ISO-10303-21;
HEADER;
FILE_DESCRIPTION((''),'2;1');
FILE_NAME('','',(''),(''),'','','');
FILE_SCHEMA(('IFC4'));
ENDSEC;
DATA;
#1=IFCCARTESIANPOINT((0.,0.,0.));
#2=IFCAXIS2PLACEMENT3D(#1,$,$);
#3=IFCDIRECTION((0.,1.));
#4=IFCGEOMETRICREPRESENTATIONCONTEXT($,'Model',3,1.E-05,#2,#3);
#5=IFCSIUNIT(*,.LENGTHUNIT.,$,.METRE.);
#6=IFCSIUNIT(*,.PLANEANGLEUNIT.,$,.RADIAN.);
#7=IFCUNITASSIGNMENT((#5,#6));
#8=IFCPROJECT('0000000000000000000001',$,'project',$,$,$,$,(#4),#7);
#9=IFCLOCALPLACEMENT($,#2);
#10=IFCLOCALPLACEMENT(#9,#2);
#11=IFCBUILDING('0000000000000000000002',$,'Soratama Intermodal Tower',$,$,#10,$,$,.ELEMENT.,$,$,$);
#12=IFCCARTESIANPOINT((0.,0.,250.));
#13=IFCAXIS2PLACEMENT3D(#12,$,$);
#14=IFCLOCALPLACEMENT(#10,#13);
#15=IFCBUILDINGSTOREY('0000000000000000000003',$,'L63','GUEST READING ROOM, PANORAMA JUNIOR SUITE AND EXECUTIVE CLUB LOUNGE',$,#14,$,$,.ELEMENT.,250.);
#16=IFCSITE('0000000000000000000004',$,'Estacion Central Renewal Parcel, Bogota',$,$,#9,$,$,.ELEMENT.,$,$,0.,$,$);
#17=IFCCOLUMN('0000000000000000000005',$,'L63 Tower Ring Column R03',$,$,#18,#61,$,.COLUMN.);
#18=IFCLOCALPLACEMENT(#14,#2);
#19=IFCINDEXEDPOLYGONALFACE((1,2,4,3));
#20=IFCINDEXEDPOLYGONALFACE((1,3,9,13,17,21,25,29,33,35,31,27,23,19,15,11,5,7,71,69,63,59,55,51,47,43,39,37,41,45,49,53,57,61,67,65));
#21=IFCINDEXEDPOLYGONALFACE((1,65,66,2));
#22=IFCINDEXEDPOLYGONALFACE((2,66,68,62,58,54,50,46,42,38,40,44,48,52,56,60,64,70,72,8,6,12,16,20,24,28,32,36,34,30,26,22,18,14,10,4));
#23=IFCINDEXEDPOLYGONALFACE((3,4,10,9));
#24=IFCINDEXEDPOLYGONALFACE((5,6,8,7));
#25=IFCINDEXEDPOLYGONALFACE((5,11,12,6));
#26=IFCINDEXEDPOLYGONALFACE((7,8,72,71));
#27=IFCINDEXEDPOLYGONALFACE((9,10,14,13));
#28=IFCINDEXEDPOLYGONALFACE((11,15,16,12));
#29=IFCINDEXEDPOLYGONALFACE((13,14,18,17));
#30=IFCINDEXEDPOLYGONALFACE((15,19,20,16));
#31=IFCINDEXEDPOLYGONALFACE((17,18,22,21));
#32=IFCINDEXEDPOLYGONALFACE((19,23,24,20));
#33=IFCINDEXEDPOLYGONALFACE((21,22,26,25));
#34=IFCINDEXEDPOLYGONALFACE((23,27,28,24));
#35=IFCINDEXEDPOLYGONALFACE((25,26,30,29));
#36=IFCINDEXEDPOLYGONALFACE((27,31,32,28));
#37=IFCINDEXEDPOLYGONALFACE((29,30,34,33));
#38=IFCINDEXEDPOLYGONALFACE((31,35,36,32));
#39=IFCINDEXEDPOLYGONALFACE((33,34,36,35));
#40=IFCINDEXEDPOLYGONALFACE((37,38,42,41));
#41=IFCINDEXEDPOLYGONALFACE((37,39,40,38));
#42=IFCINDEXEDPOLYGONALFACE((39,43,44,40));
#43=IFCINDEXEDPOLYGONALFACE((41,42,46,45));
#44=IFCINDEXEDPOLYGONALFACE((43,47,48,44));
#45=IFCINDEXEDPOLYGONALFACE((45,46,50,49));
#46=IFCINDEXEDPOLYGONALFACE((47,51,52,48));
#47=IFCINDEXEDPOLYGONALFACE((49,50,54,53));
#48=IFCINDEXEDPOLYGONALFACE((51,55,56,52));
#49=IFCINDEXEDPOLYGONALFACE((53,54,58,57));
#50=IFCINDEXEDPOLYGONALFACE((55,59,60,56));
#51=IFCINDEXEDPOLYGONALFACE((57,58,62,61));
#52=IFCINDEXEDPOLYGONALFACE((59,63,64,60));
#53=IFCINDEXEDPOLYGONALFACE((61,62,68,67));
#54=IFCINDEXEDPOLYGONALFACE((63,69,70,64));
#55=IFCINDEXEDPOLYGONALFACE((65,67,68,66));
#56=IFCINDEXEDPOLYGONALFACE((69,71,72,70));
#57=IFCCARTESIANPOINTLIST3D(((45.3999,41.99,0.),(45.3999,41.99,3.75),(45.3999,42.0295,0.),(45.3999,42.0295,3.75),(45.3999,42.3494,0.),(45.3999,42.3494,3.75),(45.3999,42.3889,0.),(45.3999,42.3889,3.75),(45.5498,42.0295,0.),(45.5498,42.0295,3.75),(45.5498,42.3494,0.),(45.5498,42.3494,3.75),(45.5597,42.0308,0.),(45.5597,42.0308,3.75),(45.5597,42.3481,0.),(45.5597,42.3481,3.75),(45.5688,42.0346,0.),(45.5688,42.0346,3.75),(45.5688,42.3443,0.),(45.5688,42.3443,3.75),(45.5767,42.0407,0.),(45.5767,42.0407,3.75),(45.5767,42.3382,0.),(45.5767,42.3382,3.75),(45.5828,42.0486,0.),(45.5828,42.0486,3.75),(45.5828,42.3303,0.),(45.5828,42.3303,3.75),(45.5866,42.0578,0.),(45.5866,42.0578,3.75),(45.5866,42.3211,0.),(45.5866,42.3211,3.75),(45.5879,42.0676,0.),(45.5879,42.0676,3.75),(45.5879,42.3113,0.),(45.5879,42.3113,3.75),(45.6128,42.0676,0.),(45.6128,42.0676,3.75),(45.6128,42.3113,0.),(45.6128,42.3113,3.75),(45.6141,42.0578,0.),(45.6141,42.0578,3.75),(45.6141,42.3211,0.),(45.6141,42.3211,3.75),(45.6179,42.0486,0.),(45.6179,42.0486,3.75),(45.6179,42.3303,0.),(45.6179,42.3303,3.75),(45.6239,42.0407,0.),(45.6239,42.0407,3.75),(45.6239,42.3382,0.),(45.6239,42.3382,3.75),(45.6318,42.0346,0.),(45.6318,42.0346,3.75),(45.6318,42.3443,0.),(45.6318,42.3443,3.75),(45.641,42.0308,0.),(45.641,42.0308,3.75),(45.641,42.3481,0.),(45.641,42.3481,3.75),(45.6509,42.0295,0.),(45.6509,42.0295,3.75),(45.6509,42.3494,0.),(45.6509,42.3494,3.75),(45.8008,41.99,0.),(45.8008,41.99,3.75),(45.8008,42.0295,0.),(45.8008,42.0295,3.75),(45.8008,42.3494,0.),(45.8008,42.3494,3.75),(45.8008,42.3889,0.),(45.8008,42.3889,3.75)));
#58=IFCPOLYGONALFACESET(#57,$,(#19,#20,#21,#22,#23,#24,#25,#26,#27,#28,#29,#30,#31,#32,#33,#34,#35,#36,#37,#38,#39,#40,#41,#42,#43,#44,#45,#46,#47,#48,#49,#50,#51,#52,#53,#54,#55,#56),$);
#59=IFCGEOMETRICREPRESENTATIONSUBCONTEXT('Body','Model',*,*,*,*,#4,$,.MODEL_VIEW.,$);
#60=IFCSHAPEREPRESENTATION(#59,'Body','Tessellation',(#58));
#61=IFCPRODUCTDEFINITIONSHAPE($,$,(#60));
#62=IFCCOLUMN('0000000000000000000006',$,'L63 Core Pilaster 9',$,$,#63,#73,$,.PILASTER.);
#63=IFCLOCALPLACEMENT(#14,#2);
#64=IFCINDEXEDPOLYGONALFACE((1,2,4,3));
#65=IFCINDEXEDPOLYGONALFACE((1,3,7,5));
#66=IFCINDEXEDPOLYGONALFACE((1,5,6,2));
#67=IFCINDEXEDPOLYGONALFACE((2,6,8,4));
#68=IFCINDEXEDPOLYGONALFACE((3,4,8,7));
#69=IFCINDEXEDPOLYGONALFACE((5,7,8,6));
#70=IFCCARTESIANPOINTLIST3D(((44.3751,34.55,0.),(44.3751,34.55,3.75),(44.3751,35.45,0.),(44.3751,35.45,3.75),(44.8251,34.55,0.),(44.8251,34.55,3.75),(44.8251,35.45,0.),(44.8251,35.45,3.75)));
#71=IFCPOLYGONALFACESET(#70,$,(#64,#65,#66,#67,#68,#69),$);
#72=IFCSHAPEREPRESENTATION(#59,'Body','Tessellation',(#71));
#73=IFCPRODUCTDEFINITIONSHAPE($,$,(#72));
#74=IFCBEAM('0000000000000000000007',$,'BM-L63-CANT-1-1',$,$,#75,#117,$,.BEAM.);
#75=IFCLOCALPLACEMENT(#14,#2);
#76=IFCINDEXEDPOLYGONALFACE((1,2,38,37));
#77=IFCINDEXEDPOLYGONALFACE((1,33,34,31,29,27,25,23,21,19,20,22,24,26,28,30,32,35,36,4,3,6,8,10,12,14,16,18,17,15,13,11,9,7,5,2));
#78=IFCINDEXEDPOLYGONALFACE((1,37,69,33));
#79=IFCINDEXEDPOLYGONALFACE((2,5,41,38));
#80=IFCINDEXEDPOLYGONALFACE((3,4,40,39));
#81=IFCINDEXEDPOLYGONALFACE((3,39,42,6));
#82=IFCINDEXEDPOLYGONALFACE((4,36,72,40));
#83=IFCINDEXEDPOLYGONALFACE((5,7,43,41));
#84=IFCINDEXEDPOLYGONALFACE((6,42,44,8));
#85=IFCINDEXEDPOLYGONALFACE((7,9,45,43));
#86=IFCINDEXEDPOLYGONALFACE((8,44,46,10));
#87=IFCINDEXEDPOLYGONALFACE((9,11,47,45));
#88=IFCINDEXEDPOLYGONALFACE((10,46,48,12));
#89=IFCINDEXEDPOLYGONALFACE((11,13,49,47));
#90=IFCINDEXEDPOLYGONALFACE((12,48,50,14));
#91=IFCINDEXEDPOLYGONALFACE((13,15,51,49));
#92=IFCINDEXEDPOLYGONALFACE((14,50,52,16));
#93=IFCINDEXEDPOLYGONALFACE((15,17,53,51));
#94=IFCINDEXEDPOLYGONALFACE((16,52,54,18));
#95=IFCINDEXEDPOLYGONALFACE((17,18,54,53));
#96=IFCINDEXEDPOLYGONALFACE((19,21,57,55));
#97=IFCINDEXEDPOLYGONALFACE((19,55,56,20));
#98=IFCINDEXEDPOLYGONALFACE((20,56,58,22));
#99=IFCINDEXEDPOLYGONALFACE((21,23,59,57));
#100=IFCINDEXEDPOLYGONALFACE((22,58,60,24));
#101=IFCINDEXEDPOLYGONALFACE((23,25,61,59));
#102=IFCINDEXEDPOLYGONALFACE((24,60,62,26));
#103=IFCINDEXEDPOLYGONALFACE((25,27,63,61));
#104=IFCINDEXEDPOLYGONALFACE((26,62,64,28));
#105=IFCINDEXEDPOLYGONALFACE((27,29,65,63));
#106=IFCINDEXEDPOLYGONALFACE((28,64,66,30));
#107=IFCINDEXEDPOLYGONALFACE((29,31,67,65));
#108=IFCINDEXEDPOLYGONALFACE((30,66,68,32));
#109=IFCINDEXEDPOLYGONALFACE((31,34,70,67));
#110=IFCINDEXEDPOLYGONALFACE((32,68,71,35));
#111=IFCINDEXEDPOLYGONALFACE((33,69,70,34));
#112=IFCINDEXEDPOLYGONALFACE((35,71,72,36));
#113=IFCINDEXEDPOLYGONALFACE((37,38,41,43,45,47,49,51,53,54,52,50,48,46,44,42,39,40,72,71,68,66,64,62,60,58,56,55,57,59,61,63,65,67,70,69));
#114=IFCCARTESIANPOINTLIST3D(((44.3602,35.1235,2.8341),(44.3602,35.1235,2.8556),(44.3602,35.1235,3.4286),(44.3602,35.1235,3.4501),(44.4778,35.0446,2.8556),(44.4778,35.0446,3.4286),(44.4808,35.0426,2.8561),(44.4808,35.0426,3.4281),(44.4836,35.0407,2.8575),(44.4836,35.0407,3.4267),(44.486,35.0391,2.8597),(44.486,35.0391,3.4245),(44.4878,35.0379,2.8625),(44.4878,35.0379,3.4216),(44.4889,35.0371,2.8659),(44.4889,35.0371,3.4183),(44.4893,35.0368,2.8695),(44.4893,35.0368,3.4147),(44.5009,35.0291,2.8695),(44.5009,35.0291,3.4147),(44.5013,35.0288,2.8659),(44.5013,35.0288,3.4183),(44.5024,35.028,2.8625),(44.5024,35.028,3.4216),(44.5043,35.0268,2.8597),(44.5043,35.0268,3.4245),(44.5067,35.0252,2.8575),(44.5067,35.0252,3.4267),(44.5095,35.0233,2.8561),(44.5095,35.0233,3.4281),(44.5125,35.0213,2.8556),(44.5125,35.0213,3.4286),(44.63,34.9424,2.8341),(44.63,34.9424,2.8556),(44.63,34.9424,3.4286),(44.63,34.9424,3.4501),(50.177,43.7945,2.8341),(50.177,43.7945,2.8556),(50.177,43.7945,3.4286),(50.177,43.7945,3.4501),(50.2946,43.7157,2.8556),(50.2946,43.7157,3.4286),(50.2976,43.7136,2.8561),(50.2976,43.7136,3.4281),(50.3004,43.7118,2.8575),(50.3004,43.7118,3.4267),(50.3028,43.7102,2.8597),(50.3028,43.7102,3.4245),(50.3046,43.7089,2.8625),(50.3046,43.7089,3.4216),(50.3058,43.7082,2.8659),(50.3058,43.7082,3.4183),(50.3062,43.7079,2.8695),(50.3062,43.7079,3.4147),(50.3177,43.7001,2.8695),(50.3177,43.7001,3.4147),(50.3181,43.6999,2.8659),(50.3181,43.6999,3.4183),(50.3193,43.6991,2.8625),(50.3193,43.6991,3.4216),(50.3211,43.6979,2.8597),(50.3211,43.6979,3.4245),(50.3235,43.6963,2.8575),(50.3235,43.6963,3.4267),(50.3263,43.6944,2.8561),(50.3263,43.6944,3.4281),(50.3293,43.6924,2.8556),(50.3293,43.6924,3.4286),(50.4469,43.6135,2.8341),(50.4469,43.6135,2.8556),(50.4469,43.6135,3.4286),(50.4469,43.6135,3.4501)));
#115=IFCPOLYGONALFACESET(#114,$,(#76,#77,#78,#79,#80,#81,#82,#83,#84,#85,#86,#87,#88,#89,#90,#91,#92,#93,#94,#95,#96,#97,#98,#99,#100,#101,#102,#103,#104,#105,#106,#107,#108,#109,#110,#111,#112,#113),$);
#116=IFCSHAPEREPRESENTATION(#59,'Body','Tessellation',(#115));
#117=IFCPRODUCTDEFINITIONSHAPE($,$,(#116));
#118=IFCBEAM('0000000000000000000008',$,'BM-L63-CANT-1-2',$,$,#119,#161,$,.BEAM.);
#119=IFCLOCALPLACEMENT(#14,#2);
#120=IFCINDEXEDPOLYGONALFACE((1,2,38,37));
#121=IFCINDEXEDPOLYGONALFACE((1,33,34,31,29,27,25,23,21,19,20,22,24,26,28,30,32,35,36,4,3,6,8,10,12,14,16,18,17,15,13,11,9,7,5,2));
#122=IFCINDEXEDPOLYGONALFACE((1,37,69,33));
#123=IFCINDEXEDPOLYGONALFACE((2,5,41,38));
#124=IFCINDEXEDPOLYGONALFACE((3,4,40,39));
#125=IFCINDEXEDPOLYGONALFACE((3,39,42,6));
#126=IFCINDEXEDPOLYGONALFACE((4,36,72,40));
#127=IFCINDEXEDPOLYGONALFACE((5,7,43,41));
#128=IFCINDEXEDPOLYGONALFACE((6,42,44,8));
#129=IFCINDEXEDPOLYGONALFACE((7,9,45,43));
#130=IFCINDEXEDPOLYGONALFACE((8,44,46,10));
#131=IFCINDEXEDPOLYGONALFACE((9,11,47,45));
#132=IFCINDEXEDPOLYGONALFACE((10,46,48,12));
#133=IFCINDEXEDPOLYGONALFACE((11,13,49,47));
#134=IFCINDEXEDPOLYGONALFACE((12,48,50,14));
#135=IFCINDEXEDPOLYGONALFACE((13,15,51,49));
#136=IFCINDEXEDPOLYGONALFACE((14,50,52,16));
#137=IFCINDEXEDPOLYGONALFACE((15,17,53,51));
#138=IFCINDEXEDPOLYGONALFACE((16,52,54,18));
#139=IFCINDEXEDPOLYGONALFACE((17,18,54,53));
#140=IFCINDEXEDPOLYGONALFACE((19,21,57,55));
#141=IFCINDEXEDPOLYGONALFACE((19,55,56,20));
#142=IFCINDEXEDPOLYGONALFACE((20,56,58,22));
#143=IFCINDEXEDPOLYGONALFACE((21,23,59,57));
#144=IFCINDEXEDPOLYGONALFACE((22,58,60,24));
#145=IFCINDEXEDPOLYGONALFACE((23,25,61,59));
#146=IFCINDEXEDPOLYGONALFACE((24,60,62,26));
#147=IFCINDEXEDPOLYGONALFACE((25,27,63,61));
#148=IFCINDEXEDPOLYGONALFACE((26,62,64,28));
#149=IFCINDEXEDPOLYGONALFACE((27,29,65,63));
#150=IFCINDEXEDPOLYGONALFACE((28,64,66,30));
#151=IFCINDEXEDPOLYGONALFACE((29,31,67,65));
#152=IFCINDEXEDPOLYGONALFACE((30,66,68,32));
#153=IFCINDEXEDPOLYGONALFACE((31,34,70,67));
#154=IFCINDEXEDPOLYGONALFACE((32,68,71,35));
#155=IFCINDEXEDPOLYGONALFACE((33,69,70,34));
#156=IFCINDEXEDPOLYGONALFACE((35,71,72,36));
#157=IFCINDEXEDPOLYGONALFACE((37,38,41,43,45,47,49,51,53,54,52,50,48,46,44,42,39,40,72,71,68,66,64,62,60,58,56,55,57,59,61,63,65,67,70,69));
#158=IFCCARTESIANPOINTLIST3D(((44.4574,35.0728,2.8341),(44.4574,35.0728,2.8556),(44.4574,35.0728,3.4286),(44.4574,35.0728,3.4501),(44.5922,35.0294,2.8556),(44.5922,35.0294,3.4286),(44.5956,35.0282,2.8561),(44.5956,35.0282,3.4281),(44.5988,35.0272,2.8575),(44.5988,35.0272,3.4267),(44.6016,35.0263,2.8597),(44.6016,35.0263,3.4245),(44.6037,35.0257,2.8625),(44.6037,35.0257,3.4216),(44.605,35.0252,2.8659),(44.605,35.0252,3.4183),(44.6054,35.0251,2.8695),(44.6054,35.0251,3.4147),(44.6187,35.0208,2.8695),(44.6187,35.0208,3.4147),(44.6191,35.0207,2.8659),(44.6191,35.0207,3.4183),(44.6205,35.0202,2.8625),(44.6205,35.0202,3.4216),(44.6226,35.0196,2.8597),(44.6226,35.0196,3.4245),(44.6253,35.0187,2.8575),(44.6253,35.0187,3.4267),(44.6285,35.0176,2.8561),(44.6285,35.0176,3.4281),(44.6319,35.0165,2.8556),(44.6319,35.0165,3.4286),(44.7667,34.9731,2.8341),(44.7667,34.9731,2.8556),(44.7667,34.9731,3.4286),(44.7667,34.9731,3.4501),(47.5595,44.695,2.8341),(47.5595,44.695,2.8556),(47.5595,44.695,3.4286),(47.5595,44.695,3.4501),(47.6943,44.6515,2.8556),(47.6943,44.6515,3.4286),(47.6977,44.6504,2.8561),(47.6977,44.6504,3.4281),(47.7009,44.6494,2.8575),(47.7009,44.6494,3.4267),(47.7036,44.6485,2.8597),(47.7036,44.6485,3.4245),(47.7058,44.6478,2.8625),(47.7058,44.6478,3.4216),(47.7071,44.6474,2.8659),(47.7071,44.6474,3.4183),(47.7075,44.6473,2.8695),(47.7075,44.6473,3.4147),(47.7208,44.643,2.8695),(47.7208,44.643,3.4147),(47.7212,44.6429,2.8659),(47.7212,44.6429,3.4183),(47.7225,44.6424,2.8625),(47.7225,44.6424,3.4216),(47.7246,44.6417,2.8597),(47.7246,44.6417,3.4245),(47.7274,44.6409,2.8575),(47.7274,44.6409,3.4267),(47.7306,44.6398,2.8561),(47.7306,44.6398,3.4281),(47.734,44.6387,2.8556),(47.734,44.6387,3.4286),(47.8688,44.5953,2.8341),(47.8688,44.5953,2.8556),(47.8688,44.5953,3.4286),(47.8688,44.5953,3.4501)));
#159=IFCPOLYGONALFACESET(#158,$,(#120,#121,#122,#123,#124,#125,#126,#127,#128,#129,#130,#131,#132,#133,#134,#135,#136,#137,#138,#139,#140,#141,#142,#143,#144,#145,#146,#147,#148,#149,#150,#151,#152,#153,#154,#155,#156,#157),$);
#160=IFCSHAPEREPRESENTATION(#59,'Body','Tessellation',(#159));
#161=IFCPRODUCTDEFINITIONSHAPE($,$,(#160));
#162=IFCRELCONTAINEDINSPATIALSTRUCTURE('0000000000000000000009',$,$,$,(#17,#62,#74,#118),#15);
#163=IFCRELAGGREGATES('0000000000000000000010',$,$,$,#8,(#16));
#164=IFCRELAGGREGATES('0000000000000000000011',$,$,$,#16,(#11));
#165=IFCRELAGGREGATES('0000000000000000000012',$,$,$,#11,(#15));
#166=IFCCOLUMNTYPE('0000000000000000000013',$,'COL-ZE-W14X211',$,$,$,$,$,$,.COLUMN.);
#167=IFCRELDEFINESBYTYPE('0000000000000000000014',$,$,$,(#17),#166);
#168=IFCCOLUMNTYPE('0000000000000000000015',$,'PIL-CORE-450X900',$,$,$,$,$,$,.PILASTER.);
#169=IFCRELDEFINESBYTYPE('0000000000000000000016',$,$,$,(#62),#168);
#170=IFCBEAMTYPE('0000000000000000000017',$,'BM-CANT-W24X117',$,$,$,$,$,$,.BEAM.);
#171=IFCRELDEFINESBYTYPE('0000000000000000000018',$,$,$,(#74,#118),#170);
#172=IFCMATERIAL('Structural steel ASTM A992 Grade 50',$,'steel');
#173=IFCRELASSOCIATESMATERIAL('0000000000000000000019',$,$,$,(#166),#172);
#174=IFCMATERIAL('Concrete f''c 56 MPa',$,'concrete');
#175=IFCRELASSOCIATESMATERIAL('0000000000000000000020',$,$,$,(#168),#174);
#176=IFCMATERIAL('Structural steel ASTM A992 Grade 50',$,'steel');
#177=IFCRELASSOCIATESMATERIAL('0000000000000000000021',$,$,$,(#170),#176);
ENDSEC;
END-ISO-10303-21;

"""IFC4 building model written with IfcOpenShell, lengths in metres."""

from ifc_helpers import new_model, si_unit, direction, frame, origin, origin_2d, place, context, subcontext, project, spatial, rectangle, i_section, extrude, material, material_profile, profile_set, type_object, element, save


model = new_model("IFC4")

# Units and contexts
model_context = context("Model", 3, precision=1e-05, world=origin(), true_north=direction((0.0, 1.0)))
body_context = subcontext(model_context, "Body", "Model", "MODEL_VIEW")
ifc_project = project(units=[si_unit("LENGTHUNIT", "METRE"), si_unit("PLANEANGLEUNIT", "RADIAN")], contexts=[model_context])

# Site, building, storey
site_placement = place(None, origin())
site = spatial("IfcSite", under=ifc_project, at=site_placement, Name="Estacion Central Renewal Parcel, Bogota", CompositionType="ELEMENT", RefElevation=0.0)
building_placement = place(site_placement, origin())
building = spatial("IfcBuilding", under=site, at=building_placement, Name="Soratama Intermodal Tower", CompositionType="ELEMENT")
storey_placement = place(building_placement, frame((0.0, 0.0, 250.0)))
storey = spatial("IfcBuildingStorey", under=building, at=storey_placement, Name="L63", Description="GUEST READING ROOM, PANORAMA JUNIOR SUITE AND EXECUTIVE CLUB LOUNGE", CompositionType="ELEMENT", Elevation=250.0)

# Columns
ifc_material_1 = material(Name="Structural steel ASTM A992 Grade 50", Category="steel")
ifc_material_profile_1 = material_profile(ifc_material_1, i_section(OverallWidth=0.4009, OverallDepth=0.3989, WebThickness=0.0249, FlangeThickness=0.0396, FilletRadius=0.0381, at=origin_2d()), Name="W14X211")
ifc_profile_set_1 = profile_set([ifc_material_profile_1], Name="Structural steel ASTM A992 Grade 50")
column_type_1 = type_object("IfcColumnType", Name="COL-ZE-W14X211", PredefinedType="COLUMN", material=ifc_profile_set_1)
column_1_placement = place(storey_placement, frame((45.6003, 42.1895, 0.0), z_axis=(0.0, 0.0, 1.0), x_axis=(1.0, 0.0, 0.0)))
element("IfcColumn", 1, at=column_1_placement, inside=storey, type_object=column_type_1, Name="L63 Tower Ring Column R03", PredefinedType="COLUMN", context=body_context, shape_type="SweptSolid", body=[
    extrude(i_section(OverallWidth=0.4009, OverallDepth=0.3989, WebThickness=0.0249, FlangeThickness=0.0396, FilletRadius=0.0381, at=origin_2d()), origin(), (0.0, 0.0, 1.0), 3.75),
])
ifc_material_2 = material(Name="Concrete f'c 56 MPa", Category="concrete")
ifc_material_profile_2 = material_profile(ifc_material_2, rectangle(XDim=0.45, YDim=0.8999, at=origin_2d()), Name="RC450X900")
ifc_profile_set_2 = profile_set([ifc_material_profile_2], Name="Concrete f'c 56 MPa")
column_type_2 = type_object("IfcColumnType", Name="PIL-CORE-450X900", PredefinedType="PILASTER", material=ifc_profile_set_2)
column_2_placement = place(storey_placement, frame((44.6001, 35.0, 0.0), z_axis=(0.0, 0.0, 1.0), x_axis=(1.0, 0.0, 0.0)))
element("IfcColumn", 2, at=column_2_placement, inside=storey, type_object=column_type_2, Name="L63 Core Pilaster 9", PredefinedType="PILASTER", context=body_context, shape_type="SweptSolid", body=[
    extrude(rectangle(XDim=0.45, YDim=0.8999, at=origin_2d()), origin(), (0.0, 0.0, 1.0), 3.75),
])

# Beams
ifc_material_3 = material(Name="Structural steel ASTM A992 Grade 50", Category="steel")
ifc_material_profile_3 = material_profile(ifc_material_3, i_section(OverallWidth=0.325, OverallDepth=0.616, WebThickness=0.0139, FlangeThickness=0.0215, FilletRadius=0.0139, at=origin_2d()), Name="W24X117")
ifc_profile_set_3 = profile_set([ifc_material_profile_3], Name="Structural steel ASTM A992 Grade 50")
beam_type_1 = type_object("IfcBeamType", Name="BM-CANT-W24X117", PredefinedType="BEAM", material=ifc_profile_set_3)
beam_1_placement = place(storey_placement, frame((44.4951, 35.033, 3.1421), z_axis=(0.557094, 0.83045, 0.0), x_axis=(-0.83045, 0.557094, 0.0)))
element("IfcBeam", 3, at=beam_1_placement, inside=storey, type_object=beam_type_1, Name="BM-L63-CANT-1-1", PredefinedType="BEAM", context=body_context, shape_type="SweptSolid", body=[
    extrude(i_section(OverallWidth=0.325, OverallDepth=0.616, WebThickness=0.0139, FlangeThickness=0.0215, FilletRadius=0.0139, at=origin_2d()), origin(), (0.0, 0.0, 1.0), 10.4414),
])
beam_2_placement = place(storey_placement, frame((44.6121, 35.0229, 3.1421), z_axis=(0.306838, 0.951762, 0.0), x_axis=(-0.951762, 0.306838, 0.0)))
element("IfcBeam", 4, at=beam_2_placement, inside=storey, type_object=beam_type_1, Name="BM-L63-CANT-1-2", PredefinedType="BEAM", context=body_context, shape_type="SweptSolid", body=[
    extrude(i_section(OverallWidth=0.325, OverallDepth=0.616, WebThickness=0.0139, FlangeThickness=0.0215, FilletRadius=0.0139, at=origin_2d()), origin(), (0.0, 0.0, 1.0), 10.1099),
])

save(model, "model.ifc")
